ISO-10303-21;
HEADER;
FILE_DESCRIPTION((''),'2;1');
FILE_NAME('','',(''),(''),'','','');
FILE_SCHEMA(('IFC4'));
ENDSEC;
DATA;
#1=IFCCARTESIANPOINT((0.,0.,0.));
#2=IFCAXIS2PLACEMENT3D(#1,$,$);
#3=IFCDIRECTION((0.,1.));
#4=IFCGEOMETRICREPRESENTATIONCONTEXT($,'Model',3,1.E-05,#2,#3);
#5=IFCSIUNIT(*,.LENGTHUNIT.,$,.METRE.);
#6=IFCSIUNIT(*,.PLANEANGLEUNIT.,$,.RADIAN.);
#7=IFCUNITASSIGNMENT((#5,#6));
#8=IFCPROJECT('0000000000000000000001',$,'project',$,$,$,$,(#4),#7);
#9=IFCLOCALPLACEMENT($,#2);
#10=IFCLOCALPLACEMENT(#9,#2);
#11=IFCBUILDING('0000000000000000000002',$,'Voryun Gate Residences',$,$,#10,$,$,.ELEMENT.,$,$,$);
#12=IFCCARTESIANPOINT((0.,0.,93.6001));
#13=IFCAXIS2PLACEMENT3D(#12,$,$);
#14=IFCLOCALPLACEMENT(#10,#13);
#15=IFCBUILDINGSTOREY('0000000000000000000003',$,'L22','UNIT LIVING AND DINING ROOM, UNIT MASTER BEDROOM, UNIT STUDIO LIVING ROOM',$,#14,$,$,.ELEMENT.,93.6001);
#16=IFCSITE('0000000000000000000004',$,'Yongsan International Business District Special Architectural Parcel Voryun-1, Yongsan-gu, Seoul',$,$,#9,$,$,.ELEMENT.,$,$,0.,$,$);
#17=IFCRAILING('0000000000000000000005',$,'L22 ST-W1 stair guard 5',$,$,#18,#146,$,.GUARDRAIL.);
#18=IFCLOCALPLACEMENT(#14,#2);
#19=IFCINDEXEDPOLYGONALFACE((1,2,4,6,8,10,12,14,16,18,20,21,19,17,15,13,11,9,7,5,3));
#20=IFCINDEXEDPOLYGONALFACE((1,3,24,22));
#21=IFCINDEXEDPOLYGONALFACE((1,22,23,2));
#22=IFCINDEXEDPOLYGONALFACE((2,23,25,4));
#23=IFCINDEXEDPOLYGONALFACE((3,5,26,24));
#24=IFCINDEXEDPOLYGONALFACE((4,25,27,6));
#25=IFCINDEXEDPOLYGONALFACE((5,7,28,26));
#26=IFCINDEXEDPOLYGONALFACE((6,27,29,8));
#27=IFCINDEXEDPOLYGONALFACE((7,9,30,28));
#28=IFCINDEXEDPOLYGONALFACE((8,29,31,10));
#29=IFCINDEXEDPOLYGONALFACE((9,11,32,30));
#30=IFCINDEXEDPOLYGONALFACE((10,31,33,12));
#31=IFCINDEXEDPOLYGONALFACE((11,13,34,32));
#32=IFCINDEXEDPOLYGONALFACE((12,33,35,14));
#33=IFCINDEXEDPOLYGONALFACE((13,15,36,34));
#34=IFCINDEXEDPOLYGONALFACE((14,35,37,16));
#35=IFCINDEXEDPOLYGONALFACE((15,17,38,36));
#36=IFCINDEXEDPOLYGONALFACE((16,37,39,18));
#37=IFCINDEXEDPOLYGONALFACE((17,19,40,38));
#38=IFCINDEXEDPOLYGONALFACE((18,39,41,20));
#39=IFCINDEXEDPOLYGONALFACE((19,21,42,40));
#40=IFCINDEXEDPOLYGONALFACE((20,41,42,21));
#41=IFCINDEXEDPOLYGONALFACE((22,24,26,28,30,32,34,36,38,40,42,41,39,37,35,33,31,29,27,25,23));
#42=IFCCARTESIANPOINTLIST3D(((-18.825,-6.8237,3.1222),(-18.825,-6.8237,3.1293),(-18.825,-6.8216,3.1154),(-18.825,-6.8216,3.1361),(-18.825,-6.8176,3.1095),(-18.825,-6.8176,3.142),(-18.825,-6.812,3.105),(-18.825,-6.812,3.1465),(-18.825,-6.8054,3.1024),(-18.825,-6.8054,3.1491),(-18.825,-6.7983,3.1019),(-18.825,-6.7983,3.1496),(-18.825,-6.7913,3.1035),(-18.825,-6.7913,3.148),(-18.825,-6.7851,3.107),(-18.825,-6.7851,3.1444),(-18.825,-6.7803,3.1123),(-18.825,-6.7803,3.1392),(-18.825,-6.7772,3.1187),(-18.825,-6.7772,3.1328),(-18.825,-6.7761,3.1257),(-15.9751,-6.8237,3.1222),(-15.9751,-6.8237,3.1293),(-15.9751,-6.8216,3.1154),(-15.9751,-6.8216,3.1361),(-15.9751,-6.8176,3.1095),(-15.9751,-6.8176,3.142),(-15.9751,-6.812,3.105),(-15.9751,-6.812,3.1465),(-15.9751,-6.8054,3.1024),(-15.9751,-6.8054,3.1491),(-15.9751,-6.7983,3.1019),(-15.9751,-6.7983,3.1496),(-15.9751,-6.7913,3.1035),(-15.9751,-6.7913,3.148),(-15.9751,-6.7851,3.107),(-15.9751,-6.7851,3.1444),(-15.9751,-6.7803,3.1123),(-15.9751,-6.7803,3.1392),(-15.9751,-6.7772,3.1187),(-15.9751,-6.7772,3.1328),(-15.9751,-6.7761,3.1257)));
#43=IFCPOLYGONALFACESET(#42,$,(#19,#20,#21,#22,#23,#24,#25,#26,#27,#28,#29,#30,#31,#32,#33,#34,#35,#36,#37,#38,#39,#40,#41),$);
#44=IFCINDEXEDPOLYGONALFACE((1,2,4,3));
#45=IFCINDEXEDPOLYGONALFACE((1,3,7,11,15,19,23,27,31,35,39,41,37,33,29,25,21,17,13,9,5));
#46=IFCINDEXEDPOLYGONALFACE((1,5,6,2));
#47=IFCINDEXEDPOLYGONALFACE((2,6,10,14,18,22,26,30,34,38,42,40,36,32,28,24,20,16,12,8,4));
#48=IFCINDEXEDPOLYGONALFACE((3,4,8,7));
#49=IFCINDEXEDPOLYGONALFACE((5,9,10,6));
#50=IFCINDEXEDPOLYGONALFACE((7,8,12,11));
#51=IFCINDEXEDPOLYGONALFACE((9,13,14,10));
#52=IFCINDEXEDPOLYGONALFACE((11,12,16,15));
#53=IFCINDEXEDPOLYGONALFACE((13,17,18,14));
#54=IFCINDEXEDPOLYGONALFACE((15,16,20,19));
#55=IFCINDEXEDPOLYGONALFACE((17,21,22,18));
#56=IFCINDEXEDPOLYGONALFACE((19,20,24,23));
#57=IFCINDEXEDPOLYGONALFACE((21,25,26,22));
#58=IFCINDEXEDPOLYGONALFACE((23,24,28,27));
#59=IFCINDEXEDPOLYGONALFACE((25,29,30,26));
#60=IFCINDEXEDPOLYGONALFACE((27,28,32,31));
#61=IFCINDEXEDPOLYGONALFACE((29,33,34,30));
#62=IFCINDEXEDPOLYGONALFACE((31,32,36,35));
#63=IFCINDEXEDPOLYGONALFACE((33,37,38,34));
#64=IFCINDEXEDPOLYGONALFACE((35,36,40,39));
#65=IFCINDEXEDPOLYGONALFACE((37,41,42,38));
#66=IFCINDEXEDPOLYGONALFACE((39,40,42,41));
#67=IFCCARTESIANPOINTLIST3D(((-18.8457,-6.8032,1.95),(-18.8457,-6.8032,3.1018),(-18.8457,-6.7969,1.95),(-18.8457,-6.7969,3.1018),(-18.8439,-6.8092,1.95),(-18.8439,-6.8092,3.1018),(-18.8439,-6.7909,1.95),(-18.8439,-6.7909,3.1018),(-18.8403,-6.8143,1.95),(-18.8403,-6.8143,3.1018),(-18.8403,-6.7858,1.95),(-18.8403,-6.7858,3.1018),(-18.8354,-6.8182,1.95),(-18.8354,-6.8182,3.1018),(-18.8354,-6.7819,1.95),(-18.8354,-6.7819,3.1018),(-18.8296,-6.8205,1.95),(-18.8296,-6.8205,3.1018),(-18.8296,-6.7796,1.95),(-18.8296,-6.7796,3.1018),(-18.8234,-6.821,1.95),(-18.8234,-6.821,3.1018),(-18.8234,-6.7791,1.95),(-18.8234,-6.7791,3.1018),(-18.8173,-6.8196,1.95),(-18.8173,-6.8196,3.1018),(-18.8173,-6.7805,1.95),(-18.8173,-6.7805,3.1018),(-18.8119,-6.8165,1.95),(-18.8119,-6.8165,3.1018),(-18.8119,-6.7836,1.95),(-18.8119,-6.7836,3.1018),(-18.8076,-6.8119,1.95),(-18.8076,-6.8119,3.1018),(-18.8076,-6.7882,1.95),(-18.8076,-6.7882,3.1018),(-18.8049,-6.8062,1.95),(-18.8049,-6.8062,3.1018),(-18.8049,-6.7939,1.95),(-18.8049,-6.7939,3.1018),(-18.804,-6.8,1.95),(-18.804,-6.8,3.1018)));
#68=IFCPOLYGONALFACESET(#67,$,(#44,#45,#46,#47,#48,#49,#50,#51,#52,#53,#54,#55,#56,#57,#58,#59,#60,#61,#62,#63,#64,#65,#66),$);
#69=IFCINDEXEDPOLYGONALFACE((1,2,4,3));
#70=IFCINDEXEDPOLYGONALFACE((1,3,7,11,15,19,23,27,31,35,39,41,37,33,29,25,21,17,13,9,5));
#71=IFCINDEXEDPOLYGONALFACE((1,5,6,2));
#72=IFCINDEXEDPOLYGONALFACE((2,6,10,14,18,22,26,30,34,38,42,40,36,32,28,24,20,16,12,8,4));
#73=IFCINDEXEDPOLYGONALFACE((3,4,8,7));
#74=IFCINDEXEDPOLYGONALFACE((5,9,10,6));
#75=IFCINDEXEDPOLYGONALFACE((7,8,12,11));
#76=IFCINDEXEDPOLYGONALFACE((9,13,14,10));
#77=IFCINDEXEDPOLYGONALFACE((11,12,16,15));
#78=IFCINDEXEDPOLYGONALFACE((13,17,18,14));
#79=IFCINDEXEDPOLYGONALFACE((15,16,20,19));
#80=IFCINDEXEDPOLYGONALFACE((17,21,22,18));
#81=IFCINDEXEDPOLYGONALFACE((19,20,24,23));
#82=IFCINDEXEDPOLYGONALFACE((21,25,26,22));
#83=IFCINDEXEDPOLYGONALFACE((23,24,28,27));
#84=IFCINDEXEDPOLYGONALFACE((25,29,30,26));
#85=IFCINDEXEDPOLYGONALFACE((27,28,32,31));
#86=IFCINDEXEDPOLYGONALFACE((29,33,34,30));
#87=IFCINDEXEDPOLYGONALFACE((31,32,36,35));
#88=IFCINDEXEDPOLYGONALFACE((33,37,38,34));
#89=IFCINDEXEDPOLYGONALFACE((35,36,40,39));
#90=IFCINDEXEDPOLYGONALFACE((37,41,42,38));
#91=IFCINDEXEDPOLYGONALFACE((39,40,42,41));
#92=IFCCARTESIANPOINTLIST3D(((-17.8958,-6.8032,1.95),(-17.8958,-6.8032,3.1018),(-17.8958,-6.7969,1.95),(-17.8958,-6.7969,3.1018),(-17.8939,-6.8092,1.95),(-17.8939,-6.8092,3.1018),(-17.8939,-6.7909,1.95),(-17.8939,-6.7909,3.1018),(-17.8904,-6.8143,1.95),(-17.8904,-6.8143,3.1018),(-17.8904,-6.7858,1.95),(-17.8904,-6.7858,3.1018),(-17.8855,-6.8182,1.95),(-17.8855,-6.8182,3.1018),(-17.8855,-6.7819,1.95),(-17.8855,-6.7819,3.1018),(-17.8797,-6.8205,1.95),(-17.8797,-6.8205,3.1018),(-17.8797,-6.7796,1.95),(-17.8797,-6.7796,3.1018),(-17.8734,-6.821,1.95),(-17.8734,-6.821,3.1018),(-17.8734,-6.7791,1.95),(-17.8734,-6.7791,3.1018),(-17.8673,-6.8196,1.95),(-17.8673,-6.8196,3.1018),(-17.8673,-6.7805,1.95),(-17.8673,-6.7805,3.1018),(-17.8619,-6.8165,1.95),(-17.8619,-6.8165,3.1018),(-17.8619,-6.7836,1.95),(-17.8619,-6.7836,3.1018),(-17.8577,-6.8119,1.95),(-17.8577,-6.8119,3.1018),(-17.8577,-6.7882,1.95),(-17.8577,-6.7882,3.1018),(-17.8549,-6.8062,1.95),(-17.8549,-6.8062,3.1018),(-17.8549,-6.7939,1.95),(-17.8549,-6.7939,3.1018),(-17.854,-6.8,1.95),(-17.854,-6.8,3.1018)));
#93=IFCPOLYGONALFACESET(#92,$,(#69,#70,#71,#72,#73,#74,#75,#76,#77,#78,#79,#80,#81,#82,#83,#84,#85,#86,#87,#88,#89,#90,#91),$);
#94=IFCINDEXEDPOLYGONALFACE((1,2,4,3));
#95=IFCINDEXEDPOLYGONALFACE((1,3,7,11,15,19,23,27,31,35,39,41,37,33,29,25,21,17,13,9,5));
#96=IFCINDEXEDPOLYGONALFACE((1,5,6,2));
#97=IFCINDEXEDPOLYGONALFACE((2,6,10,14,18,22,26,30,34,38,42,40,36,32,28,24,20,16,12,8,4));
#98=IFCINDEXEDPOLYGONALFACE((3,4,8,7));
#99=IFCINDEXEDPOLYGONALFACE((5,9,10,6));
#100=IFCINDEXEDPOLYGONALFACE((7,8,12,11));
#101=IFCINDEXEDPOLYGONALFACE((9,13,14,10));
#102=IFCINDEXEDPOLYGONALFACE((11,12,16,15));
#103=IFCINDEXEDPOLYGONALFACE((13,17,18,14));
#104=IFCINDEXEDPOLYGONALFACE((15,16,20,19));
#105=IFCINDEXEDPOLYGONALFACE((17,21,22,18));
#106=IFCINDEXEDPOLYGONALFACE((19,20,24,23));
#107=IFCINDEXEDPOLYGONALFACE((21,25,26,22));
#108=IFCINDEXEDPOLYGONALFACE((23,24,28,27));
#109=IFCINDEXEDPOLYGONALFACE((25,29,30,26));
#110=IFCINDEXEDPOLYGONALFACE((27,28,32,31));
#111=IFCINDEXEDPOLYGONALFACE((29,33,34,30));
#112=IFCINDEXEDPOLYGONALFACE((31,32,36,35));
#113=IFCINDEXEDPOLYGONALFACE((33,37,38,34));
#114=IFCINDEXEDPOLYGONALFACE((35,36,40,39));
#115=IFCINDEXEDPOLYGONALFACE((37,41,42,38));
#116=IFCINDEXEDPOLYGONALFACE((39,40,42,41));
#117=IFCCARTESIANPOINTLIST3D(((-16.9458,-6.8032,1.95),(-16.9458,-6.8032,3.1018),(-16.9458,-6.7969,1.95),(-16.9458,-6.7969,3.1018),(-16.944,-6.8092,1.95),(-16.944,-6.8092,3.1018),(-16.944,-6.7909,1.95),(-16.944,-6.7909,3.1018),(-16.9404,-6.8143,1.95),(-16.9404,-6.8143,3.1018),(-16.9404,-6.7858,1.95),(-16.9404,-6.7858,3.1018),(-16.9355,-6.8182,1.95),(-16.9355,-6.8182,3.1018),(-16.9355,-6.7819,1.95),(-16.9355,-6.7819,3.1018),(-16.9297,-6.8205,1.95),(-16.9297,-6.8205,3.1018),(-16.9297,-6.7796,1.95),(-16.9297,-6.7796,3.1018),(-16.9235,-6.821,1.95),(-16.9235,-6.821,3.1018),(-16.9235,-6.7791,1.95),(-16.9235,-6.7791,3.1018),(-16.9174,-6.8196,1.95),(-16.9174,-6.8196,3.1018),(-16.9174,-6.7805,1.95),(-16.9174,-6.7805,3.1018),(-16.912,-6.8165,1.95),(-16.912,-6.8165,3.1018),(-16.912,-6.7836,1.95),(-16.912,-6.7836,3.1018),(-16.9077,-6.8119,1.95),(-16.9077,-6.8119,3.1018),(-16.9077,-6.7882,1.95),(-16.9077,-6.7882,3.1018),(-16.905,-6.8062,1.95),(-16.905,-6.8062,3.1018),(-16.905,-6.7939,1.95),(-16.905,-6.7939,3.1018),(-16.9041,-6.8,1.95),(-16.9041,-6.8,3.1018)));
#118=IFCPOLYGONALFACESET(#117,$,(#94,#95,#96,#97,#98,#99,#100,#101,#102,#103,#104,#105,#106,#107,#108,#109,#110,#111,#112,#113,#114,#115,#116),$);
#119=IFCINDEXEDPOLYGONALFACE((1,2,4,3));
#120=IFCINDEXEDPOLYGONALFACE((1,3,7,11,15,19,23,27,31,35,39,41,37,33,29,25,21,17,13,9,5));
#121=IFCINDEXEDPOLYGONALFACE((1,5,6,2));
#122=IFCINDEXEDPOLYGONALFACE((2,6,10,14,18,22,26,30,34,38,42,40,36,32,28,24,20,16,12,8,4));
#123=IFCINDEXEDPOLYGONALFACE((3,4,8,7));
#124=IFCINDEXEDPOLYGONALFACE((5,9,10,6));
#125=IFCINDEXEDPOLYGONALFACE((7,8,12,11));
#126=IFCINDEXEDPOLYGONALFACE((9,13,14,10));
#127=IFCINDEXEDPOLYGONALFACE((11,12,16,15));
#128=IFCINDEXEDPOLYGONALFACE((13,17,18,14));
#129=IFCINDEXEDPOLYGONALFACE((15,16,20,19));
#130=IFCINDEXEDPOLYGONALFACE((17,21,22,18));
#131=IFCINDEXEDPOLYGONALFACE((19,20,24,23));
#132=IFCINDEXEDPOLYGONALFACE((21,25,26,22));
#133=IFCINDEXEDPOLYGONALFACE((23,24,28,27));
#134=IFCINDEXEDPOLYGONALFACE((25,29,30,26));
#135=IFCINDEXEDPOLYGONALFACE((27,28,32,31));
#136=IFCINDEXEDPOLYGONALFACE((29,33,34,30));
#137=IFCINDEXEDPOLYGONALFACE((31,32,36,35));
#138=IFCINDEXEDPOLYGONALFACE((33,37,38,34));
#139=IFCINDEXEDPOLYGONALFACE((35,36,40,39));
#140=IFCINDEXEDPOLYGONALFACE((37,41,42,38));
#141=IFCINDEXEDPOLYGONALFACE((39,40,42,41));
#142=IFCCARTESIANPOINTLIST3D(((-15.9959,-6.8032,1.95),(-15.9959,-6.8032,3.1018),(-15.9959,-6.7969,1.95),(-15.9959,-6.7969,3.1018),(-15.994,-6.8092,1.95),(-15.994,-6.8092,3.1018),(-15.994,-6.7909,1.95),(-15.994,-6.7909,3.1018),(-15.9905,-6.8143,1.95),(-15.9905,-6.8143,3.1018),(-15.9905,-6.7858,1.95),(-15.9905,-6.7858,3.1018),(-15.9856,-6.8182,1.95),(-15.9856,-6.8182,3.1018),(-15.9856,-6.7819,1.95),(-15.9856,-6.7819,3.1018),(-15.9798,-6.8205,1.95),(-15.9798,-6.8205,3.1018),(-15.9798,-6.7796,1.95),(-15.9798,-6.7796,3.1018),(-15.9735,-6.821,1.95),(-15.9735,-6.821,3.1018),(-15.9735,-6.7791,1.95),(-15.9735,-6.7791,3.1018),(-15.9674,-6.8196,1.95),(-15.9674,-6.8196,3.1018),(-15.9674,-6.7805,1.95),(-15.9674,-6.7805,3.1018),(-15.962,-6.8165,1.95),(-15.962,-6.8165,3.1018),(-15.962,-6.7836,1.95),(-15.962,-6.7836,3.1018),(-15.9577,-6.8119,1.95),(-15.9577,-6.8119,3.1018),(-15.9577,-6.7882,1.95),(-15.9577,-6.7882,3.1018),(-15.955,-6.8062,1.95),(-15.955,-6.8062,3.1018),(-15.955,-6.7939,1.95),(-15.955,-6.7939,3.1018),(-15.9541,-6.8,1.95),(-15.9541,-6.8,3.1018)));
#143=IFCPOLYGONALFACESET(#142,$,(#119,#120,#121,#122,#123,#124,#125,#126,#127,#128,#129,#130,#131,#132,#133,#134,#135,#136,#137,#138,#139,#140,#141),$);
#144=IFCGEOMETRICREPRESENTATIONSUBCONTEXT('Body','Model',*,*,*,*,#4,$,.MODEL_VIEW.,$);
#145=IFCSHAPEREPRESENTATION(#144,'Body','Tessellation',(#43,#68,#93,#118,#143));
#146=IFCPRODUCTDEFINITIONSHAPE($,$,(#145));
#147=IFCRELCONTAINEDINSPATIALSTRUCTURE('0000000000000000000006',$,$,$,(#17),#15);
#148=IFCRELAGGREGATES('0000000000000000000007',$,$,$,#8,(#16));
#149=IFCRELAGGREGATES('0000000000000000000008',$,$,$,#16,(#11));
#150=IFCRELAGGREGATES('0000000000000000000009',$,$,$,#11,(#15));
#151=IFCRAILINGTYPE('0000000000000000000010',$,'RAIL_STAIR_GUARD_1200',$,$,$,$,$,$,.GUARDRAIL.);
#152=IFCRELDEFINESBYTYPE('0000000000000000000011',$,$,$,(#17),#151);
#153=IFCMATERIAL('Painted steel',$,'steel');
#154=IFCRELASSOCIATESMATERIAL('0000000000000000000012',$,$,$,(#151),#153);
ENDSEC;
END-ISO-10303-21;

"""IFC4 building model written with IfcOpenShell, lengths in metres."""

from ifc_helpers import new_model, si_unit, direction, frame, origin, origin_2d, place, context, subcontext, project, spatial, circle, extrude, material, type_object, element, save


model = new_model("IFC4")

# Units and contexts
model_context = context("Model", 3, precision=1e-05, world=origin(), true_north=direction((0.0, 1.0)))
body_context = subcontext(model_context, "Body", "Model", "MODEL_VIEW")
ifc_project = project(units=[si_unit("LENGTHUNIT", "METRE"), si_unit("PLANEANGLEUNIT", "RADIAN")], contexts=[model_context])

# Site, building, storey
site_placement = place(None, origin())
site = spatial("IfcSite", under=ifc_project, at=site_placement, Name="Yongsan International Business District Special Architectural Parcel Voryun-1, Yongsan-gu, Seoul", CompositionType="ELEMENT", RefElevation=0.0)
building_placement = place(site_placement, origin())
building = spatial("IfcBuilding", under=site, at=building_placement, Name="Voryun Gate Residences", CompositionType="ELEMENT")
storey_placement = place(building_placement, frame((0.0, 0.0, 93.6001)))
storey = spatial("IfcBuildingStorey", under=building, at=storey_placement, Name="L22", Description="UNIT LIVING AND DINING ROOM, UNIT MASTER BEDROOM, UNIT STUDIO LIVING ROOM", CompositionType="ELEMENT", Elevation=93.6001)

# Railing
ifc_material_1 = material(Name="Painted steel", Category="steel")
railing_type_1 = type_object("IfcRailingType", Name="RAIL_STAIR_GUARD_1200", PredefinedType="GUARDRAIL", material=ifc_material_1)
railing_1_placement = place(storey_placement, frame((-18.825, -6.8, 1.95)))
element("IfcRailing", 1, at=railing_1_placement, inside=storey, type_object=railing_type_1, Name="L22 ST-W1 stair guard 5", PredefinedType="GUARDRAIL", context=body_context, shape_type="SweptSolid", body=[
    extrude(circle(Radius=0.0239, at=origin_2d()), frame((0.0, 0.0, 1.1758), z_axis=(1.0, 0.0, 0.0), x_axis=(0.0, 1.0, 0.0)), (0.0, 0.0, 1.0), 2.8499),
    extrude(circle(Radius=0.021, at=origin_2d()), origin(), (0.0, 0.0, 1.0), 1.1519),
    extrude(circle(Radius=0.021, at=origin_2d()), frame((0.95, 0.0, 0.0)), (0.0, 0.0, 1.0), 1.1519),
    extrude(circle(Radius=0.021, at=origin_2d()), frame((1.8999, 0.0, 0.0)), (0.0, 0.0, 1.0), 1.1519),
    extrude(circle(Radius=0.021, at=origin_2d()), frame((2.8499, 0.0, 0.0)), (0.0, 0.0, 1.0), 1.1519),
])

save(model, "model.ifc")
